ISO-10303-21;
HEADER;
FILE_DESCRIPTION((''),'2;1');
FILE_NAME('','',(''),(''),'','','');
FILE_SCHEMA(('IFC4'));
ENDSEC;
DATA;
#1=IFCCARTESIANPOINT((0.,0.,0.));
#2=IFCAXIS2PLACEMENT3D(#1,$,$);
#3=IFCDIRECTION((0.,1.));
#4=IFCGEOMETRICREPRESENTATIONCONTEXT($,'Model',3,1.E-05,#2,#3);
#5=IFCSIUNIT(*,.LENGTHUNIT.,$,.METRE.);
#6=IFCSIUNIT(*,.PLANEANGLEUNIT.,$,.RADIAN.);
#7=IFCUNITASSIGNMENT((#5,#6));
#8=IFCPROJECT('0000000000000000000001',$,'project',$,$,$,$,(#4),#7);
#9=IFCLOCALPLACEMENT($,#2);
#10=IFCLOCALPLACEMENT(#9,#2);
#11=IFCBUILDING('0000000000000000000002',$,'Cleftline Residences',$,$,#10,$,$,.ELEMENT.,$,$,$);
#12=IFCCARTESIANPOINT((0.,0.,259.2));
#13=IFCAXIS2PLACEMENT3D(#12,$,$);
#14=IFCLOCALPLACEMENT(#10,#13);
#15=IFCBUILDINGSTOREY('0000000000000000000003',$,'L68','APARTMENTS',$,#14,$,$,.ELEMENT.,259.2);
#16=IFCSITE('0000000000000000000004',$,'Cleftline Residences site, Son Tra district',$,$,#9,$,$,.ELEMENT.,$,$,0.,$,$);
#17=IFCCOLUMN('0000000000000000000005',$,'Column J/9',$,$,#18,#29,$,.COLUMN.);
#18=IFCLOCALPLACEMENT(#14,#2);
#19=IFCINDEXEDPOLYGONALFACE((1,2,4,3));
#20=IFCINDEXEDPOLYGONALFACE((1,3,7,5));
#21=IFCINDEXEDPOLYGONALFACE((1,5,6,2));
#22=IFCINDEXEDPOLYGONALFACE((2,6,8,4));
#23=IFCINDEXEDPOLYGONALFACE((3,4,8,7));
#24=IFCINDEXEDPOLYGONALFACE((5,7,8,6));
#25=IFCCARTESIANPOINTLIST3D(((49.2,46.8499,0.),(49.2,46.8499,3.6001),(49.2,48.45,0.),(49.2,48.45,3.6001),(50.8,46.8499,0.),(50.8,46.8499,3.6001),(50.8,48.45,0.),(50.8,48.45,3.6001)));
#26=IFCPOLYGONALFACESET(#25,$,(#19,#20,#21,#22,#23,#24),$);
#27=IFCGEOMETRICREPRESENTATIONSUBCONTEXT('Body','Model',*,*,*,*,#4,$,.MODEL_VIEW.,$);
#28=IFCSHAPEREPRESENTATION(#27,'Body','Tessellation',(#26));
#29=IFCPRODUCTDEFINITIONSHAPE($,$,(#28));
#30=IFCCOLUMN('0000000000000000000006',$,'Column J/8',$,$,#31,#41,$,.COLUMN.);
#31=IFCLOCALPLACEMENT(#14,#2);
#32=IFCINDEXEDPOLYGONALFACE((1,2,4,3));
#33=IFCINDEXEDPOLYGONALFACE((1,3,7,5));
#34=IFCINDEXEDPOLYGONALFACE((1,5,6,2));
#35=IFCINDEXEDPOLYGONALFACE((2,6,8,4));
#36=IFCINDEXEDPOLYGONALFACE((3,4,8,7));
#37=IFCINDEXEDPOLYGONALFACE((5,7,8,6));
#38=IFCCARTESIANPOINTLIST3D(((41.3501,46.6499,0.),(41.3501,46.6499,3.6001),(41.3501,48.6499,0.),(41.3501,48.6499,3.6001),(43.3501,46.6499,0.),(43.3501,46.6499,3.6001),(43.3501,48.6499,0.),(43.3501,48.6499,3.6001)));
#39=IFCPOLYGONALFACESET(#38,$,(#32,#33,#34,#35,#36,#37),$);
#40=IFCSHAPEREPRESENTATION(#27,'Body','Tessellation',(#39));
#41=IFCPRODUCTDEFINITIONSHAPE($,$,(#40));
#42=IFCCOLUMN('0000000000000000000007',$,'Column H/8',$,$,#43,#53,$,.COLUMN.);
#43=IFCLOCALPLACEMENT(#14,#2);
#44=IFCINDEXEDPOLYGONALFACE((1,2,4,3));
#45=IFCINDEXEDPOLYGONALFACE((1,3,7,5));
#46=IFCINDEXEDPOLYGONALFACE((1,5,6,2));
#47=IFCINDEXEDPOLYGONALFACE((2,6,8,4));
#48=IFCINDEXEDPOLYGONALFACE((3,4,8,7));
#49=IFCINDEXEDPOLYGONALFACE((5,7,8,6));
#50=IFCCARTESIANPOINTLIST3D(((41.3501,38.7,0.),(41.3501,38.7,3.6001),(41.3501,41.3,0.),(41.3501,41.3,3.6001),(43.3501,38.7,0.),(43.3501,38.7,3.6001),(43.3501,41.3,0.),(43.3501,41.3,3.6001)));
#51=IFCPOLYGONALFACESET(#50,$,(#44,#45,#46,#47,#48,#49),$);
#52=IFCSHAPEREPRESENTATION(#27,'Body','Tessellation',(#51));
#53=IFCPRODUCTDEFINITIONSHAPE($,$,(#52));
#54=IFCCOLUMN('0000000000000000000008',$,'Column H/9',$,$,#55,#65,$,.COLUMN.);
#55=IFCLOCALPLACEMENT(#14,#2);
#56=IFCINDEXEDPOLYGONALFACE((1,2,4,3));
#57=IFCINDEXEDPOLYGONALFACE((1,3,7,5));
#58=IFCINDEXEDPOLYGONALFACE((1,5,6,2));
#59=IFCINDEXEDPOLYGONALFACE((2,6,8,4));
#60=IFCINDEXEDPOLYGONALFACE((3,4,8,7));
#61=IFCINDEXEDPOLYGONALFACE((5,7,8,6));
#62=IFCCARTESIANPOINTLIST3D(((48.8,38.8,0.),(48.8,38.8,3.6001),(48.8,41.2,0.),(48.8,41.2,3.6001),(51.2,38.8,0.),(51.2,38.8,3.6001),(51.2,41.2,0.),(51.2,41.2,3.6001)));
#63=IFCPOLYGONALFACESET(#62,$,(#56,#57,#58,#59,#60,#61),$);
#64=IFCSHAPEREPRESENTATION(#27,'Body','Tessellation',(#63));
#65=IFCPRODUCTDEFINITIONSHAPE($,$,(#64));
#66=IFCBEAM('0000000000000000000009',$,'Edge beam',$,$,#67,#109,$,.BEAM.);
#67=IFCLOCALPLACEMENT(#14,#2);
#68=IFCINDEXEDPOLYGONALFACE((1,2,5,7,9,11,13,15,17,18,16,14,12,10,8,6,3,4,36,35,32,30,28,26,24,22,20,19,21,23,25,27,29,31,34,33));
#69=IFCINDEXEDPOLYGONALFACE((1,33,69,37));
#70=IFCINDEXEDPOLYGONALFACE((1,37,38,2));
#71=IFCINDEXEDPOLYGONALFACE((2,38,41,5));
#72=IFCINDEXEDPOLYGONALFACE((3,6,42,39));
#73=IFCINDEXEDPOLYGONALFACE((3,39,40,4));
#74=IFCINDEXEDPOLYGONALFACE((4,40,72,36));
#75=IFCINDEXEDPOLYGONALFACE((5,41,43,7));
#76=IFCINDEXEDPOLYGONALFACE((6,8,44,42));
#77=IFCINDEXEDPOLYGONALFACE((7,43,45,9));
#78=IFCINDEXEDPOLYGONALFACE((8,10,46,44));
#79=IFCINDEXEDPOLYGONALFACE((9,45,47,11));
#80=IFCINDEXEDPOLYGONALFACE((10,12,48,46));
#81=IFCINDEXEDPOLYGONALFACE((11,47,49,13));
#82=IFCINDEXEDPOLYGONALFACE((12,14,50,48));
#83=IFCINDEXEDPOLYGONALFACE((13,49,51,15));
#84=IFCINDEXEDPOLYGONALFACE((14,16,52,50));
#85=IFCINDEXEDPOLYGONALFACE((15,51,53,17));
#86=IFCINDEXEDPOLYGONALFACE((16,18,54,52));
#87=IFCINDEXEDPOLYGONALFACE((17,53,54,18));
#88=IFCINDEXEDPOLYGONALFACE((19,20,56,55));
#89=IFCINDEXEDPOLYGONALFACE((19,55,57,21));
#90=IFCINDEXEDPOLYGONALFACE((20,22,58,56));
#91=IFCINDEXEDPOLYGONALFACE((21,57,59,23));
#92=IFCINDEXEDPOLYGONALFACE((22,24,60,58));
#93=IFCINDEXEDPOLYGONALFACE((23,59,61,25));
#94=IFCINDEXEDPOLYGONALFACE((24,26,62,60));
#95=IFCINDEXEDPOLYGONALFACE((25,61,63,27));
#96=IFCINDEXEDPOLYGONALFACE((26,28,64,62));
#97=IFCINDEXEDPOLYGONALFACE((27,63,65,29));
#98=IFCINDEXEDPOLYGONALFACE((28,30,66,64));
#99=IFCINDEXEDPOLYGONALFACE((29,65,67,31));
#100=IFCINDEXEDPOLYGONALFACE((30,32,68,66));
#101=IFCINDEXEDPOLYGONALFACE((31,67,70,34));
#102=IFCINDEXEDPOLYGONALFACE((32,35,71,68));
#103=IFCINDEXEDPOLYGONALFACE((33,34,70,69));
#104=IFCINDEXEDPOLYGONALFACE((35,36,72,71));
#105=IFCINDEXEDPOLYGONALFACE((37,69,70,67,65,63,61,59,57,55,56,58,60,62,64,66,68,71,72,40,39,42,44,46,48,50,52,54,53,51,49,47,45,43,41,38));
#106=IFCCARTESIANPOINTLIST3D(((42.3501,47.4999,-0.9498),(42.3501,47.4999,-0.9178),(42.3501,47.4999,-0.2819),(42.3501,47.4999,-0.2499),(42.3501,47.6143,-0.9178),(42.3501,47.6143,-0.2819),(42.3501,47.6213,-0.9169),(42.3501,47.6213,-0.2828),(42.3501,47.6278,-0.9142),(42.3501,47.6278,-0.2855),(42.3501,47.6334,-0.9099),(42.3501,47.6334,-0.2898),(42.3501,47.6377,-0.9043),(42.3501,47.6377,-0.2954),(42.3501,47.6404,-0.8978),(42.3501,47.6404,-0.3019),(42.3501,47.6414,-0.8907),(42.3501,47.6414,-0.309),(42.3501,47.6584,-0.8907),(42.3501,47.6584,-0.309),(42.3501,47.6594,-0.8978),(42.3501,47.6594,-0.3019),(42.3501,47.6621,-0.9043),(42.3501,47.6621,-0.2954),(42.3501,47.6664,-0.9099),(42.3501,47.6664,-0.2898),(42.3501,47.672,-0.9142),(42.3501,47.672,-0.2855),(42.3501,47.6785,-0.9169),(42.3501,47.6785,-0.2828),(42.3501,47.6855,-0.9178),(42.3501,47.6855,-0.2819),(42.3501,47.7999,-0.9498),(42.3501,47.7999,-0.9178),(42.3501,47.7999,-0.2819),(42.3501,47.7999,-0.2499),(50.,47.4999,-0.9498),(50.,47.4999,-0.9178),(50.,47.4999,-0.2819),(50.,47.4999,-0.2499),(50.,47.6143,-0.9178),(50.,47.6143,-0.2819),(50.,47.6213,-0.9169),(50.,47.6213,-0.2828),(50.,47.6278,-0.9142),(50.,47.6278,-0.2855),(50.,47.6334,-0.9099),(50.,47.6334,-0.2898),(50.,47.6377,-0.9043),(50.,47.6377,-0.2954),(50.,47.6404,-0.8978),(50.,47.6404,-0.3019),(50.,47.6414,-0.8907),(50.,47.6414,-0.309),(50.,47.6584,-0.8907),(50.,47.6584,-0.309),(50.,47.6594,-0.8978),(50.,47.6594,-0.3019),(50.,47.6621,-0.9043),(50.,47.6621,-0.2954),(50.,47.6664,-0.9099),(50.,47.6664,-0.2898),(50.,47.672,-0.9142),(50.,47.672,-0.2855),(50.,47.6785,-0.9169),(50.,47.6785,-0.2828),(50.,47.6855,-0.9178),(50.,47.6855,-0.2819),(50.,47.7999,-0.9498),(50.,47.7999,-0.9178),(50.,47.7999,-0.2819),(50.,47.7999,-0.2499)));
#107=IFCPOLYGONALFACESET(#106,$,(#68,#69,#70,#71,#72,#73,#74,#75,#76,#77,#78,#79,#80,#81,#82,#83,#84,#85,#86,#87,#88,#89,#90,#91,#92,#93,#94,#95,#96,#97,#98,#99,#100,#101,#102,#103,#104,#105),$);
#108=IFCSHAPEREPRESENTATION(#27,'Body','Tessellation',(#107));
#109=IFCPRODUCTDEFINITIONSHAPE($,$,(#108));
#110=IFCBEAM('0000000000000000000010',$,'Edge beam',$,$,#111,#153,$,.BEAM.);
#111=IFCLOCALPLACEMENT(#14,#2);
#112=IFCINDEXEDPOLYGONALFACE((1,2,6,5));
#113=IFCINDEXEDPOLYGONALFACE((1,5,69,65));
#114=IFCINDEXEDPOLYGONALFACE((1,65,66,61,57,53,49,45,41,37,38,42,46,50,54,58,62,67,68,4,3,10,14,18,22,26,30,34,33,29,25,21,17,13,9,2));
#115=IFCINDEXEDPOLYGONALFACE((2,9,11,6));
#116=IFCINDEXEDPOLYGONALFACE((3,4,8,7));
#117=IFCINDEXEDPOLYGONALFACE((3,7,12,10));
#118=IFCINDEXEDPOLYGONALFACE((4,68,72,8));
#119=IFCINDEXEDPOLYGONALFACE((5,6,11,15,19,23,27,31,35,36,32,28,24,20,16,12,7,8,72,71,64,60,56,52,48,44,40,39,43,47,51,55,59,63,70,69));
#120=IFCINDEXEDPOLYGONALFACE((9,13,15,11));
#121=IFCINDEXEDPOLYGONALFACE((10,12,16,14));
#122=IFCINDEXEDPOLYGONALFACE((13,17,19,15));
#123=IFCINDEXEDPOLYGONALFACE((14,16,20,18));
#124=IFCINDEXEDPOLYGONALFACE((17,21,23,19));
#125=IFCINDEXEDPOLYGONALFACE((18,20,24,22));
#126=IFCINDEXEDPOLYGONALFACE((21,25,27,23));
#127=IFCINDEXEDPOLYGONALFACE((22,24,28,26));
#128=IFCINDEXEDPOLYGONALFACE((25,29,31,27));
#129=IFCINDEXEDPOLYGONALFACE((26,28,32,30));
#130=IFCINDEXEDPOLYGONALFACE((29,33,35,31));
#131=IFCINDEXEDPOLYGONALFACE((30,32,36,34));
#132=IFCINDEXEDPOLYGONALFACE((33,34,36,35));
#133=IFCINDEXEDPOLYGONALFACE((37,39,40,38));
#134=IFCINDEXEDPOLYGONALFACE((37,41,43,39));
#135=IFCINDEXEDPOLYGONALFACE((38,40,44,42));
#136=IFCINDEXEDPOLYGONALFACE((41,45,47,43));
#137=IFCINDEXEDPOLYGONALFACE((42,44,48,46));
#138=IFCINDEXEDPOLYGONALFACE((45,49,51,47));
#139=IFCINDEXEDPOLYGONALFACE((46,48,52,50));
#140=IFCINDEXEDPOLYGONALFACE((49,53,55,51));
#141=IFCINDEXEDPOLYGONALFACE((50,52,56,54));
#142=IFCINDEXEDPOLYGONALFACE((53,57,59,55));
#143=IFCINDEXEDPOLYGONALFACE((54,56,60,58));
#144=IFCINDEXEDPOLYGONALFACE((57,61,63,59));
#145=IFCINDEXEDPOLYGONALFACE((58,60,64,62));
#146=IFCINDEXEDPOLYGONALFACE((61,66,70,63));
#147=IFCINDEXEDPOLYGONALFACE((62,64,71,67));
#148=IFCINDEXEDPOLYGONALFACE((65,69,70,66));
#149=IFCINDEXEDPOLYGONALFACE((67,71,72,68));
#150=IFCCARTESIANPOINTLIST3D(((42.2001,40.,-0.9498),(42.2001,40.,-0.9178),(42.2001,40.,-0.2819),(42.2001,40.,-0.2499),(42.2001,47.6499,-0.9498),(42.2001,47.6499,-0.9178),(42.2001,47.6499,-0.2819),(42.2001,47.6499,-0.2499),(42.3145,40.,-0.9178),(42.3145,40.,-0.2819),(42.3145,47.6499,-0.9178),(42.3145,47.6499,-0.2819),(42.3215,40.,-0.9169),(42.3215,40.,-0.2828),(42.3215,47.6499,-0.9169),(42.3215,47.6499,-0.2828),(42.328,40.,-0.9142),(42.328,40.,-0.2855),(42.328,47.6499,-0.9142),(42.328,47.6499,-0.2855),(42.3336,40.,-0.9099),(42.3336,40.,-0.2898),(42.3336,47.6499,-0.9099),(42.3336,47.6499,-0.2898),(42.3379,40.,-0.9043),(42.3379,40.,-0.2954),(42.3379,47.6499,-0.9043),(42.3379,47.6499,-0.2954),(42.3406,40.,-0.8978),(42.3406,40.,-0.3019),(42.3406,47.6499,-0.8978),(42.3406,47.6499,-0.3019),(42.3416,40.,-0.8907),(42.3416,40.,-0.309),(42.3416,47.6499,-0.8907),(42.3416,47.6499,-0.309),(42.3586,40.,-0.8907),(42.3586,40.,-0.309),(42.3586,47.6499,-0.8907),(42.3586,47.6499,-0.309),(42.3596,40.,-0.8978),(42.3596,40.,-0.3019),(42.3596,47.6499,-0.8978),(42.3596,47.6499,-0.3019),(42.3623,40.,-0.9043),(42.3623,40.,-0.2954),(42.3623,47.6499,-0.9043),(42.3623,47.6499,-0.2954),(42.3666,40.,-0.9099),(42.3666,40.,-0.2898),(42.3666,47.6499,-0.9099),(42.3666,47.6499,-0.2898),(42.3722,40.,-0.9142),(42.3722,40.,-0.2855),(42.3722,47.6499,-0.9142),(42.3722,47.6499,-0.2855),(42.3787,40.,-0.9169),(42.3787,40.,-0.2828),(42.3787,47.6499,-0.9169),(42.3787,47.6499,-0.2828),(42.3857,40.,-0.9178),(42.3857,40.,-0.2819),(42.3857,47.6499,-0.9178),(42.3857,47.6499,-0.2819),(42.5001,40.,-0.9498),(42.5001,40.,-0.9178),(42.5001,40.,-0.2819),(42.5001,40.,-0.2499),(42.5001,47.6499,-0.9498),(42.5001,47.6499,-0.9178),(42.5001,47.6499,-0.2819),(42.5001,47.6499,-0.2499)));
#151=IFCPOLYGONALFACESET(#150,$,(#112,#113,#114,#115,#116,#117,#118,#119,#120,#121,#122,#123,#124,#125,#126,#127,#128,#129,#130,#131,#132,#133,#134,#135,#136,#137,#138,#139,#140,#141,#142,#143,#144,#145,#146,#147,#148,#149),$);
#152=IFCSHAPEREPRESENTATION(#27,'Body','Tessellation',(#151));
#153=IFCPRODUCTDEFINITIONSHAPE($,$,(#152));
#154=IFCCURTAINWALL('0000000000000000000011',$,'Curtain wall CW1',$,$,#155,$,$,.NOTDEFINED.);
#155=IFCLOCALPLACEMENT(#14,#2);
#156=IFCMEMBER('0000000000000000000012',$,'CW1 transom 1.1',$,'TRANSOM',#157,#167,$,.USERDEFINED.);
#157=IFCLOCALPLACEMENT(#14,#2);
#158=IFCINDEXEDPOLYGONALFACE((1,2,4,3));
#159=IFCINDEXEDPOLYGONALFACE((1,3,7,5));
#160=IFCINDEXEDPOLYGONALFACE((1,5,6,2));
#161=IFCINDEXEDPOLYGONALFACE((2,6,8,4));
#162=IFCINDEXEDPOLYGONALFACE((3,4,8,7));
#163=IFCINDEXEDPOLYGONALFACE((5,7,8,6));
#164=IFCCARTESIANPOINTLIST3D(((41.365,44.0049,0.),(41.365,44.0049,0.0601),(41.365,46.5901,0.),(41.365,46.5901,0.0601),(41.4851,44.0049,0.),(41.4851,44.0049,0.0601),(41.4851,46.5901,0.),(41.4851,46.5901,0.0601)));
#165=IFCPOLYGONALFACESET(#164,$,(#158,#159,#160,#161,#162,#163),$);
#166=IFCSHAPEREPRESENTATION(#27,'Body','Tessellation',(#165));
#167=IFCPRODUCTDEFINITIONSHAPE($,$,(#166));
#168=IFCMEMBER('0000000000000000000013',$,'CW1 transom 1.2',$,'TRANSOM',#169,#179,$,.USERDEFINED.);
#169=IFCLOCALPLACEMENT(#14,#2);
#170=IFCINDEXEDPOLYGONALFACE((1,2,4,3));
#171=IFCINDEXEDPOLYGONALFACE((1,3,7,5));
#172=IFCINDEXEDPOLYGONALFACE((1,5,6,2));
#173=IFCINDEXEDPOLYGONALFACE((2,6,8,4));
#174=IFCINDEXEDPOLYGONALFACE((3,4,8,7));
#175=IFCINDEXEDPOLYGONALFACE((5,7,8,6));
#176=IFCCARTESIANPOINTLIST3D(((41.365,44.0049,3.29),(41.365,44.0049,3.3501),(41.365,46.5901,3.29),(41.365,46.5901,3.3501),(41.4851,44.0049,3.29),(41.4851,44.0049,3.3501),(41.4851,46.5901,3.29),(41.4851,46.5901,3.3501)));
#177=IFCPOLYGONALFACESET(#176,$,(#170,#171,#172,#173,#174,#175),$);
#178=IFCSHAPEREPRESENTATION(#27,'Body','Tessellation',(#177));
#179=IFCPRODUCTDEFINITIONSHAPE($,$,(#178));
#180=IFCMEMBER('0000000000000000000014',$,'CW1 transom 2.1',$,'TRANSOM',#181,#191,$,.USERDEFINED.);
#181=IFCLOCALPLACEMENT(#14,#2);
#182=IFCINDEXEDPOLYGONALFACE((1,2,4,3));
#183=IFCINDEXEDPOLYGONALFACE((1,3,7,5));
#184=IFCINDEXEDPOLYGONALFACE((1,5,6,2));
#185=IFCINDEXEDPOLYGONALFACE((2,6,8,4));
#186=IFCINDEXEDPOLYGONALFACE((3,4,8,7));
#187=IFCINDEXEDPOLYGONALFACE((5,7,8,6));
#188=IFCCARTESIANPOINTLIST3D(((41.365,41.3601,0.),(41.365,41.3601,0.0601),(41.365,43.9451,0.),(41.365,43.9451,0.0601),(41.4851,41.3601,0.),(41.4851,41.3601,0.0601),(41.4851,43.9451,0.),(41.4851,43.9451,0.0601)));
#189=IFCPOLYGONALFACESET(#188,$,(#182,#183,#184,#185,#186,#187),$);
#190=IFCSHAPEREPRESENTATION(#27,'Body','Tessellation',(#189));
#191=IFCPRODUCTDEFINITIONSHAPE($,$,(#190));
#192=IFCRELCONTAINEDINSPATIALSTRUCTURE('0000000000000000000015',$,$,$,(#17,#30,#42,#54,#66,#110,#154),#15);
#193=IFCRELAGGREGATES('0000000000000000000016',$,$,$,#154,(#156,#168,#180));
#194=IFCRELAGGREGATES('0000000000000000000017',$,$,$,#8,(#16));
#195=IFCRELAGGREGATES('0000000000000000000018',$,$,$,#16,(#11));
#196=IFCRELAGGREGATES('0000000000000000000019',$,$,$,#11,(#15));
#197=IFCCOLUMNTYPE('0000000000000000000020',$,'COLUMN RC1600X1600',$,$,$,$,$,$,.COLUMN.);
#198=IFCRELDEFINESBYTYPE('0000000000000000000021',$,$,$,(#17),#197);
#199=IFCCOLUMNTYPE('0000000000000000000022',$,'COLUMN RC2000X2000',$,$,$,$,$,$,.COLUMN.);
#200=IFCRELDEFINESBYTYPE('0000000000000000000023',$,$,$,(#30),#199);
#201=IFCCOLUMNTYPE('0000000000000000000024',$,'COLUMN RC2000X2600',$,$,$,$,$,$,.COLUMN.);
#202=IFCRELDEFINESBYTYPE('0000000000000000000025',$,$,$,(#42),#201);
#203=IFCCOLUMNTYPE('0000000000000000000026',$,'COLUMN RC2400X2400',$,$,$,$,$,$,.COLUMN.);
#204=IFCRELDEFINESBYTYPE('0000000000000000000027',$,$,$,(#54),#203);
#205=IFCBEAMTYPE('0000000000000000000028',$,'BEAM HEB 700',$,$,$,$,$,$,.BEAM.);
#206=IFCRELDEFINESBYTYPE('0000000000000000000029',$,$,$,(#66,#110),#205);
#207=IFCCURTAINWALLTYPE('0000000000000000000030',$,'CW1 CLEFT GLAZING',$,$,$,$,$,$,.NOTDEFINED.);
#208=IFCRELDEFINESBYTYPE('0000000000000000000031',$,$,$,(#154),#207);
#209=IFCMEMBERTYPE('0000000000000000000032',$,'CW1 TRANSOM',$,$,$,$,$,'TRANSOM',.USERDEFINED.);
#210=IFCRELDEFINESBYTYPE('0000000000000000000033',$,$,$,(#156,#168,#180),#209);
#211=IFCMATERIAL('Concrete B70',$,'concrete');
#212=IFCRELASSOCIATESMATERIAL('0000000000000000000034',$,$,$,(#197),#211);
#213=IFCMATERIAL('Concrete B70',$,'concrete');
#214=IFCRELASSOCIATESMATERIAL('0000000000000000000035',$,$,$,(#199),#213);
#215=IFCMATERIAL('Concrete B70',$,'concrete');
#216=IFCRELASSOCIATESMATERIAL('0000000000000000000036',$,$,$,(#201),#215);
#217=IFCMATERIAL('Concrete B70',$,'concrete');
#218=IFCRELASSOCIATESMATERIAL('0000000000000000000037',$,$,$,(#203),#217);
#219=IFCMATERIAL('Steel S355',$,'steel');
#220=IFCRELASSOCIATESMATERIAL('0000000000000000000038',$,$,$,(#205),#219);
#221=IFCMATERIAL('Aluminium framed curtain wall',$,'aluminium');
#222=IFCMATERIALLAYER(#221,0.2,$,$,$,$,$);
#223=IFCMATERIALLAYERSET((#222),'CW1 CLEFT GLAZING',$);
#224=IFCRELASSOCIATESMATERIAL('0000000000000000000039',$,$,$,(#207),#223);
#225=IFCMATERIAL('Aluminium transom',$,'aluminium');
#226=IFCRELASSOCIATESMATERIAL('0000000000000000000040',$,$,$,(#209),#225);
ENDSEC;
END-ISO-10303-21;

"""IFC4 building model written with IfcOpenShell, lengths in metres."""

from ifc_helpers import new_model, si_unit, direction, frame, origin, origin_2d, place, context, subcontext, project, spatial, rectangle, i_section, extrude, material, layer, layer_set, material_profile, profile_set, type_object, element, aggregate, save


model = new_model("IFC4")

# Units and contexts
model_context = context("Model", 3, precision=1e-05, world=origin(), true_north=direction((0.0, 1.0)))
body_context = subcontext(model_context, "Body", "Model", "MODEL_VIEW")
ifc_project = project(units=[si_unit("LENGTHUNIT", "METRE"), si_unit("PLANEANGLEUNIT", "RADIAN")], contexts=[model_context])

# Site, building, storey
site_placement = place(None, origin())
site = spatial("IfcSite", under=ifc_project, at=site_placement, Name="Cleftline Residences site, Son Tra district", CompositionType="ELEMENT", RefElevation=0.0)
building_placement = place(site_placement, origin())
building = spatial("IfcBuilding", under=site, at=building_placement, Name="Cleftline Residences", CompositionType="ELEMENT")
storey_placement = place(building_placement, frame((0.0, 0.0, 259.2)))
storey = spatial("IfcBuildingStorey", under=building, at=storey_placement, Name="L68", Description="APARTMENTS", CompositionType="ELEMENT", Elevation=259.2)

# Columns
ifc_material_1 = material(Name="Concrete B70", Category="concrete")
ifc_material_profile_1 = material_profile(ifc_material_1, rectangle(XDim=1.6001, YDim=1.6001, at=origin_2d()))
ifc_profile_set_1 = profile_set([ifc_material_profile_1], Name="Concrete B70")
column_type_1 = type_object("IfcColumnType", Name="COLUMN RC1600X1600", PredefinedType="COLUMN", material=ifc_profile_set_1)
column_1_placement = place(storey_placement, frame((50.0, 47.6499, 0.0), z_axis=(0.0, 0.0, 1.0), x_axis=(1.0, 0.0, 0.0)))
element("IfcColumn", 1, at=column_1_placement, inside=storey, type_object=column_type_1, Name="Column J/9", PredefinedType="COLUMN", context=body_context, shape_type="SweptSolid", body=[
    extrude(rectangle(XDim=1.6001, YDim=1.6001, at=origin_2d()), origin(), (0.0, 0.0, 1.0), 3.6001),
])
ifc_material_2 = material(Name="Concrete B70", Category="concrete")
ifc_material_profile_2 = material_profile(ifc_material_2, rectangle(XDim=2.0, YDim=2.0, at=origin_2d()))
ifc_profile_set_2 = profile_set([ifc_material_profile_2], Name="Concrete B70")
column_type_2 = type_object("IfcColumnType", Name="COLUMN RC2000X2000", PredefinedType="COLUMN", material=ifc_profile_set_2)
column_2_placement = place(storey_placement, frame((42.3501, 47.6499, 0.0), z_axis=(0.0, 0.0, 1.0), x_axis=(1.0, 0.0, 0.0)))
element("IfcColumn", 2, at=column_2_placement, inside=storey, type_object=column_type_2, Name="Column J/8", PredefinedType="COLUMN", context=body_context, shape_type="SweptSolid", body=[
    extrude(rectangle(XDim=2.0, YDim=2.0, at=origin_2d()), origin(), (0.0, 0.0, 1.0), 3.6001),
])
ifc_material_3 = material(Name="Concrete B70", Category="concrete")
ifc_material_profile_3 = material_profile(ifc_material_3, rectangle(XDim=2.0, YDim=2.6001, at=origin_2d()))
ifc_profile_set_3 = profile_set([ifc_material_profile_3], Name="Concrete B70")
column_type_3 = type_object("IfcColumnType", Name="COLUMN RC2000X2600", PredefinedType="COLUMN", material=ifc_profile_set_3)
column_3_placement = place(storey_placement, frame((42.3501, 40.0, 0.0), z_axis=(0.0, 0.0, 1.0), x_axis=(1.0, 0.0, 0.0)))
element("IfcColumn", 3, at=column_3_placement, inside=storey, type_object=column_type_3, Name="Column H/8", PredefinedType="COLUMN", context=body_context, shape_type="SweptSolid", body=[
    extrude(rectangle(XDim=2.0, YDim=2.6001, at=origin_2d()), origin(), (0.0, 0.0, 1.0), 3.6001),
])
ifc_material_4 = material(Name="Concrete B70", Category="concrete")
ifc_material_profile_4 = material_profile(ifc_material_4, rectangle(XDim=2.3999, YDim=2.3999, at=origin_2d()))
ifc_profile_set_4 = profile_set([ifc_material_profile_4], Name="Concrete B70")
column_type_4 = type_object("IfcColumnType", Name="COLUMN RC2400X2400", PredefinedType="COLUMN", material=ifc_profile_set_4)
column_4_placement = place(storey_placement, frame((50.0, 40.0, 0.0), z_axis=(0.0, 0.0, 1.0), x_axis=(1.0, 0.0, 0.0)))
element("IfcColumn", 4, at=column_4_placement, inside=storey, type_object=column_type_4, Name="Column H/9", PredefinedType="COLUMN", context=body_context, shape_type="SweptSolid", body=[
    extrude(rectangle(XDim=2.3999, YDim=2.3999, at=origin_2d()), origin(), (0.0, 0.0, 1.0), 3.6001),
])

# Beams
ifc_material_5 = material(Name="Steel S355", Category="steel")
ifc_material_profile_5 = material_profile(ifc_material_5, i_section(OverallWidth=0.3, OverallDepth=0.7, WebThickness=0.0171, FlangeThickness=0.032, FilletRadius=0.0271, at=origin_2d()))
ifc_profile_set_5 = profile_set([ifc_material_profile_5], Name="Steel S355")
beam_type = type_object("IfcBeamType", Name="BEAM HEB 700", PredefinedType="BEAM", material=ifc_profile_set_5)
for number, where, z_axis, x_axis, name in (
    (5, (50.0, 47.6499, -0.5999), (-1.0, 0.0, 0.0), (0.0, -1.0, 0.0), "Edge beam"),
    (6, (42.3501, 47.6499, -0.5999), (0.0, -1.0, 0.0), (1.0, 0.0, 0.0), "Edge beam"),
):
    element("IfcBeam", number, at=place(storey_placement, frame(where, z_axis=z_axis, x_axis=x_axis)), inside=storey, type_object=beam_type, Name=name, PredefinedType="BEAM", context=body_context, shape_type="SweptSolid", body=[
        extrude(i_section(OverallWidth=0.3, OverallDepth=0.7, WebThickness=0.0171, FlangeThickness=0.032, FilletRadius=0.0271, at=origin_2d()), origin(), (0.0, 0.0, 1.0), 7.6499),
    ])

# Curtain wall, members
ifc_material_6 = material(Name="Aluminium framed curtain wall", Category="aluminium")
ifc_layer_1 = layer(ifc_material_6, 0.2)
ifc_layer_set_1 = layer_set([ifc_layer_1], Name="CW1 CLEFT GLAZING")
curtain_wall_type = type_object("IfcCurtainWallType", Name="CW1 CLEFT GLAZING", PredefinedType="NOTDEFINED", material=ifc_layer_set_1)
curtain_wall_placement = place(storey_placement, origin())
curtain_wall = element("IfcCurtainWall", 7, at=curtain_wall_placement, inside=storey, type_object=curtain_wall_type, Name="Curtain wall CW1", PredefinedType="NOTDEFINED")
ifc_material_7 = material(Name="Aluminium transom", Category="aluminium")
ifc_material_profile_6 = material_profile(ifc_material_7, rectangle(XDim=0.1201, YDim=0.0601, at=origin_2d()))
ifc_profile_set_6 = profile_set([ifc_material_profile_6], Name="Aluminium transom")
member_type = type_object("IfcMemberType", Name="CW1 TRANSOM", ElementType="TRANSOM", PredefinedType="USERDEFINED", material=ifc_profile_set_6)
member_1_placement = place(storey_placement, frame((41.425, 46.5901, 0.03), z_axis=(0.0, -1.0, 0.0), x_axis=(1.0, 0.0, 0.0)))
member_1 = element("IfcMember", 8, at=member_1_placement, type_object=member_type, Name="CW1 transom 1.1", ObjectType="TRANSOM", PredefinedType="USERDEFINED", context=body_context, shape_type="SweptSolid", body=[
    extrude(rectangle(XDim=0.1201, YDim=0.0601, at=origin_2d()), origin(), (0.0, 0.0, 1.0), 2.5852),
])
member_2_placement = place(storey_placement, frame((41.425, 46.5901, 3.3201), z_axis=(0.0, -1.0, 0.0), x_axis=(1.0, 0.0, 0.0)))
member_2 = element("IfcMember", 9, at=member_2_placement, type_object=member_type, Name="CW1 transom 1.2", ObjectType="TRANSOM", PredefinedType="USERDEFINED", context=body_context, shape_type="SweptSolid", body=[
    extrude(rectangle(XDim=0.1201, YDim=0.0601, at=origin_2d()), origin(), (0.0, 0.0, 1.0), 2.5852),
])
member_3_placement = place(storey_placement, frame((41.425, 43.9451, 0.03), z_axis=(0.0, -1.0, 0.0), x_axis=(1.0, 0.0, 0.0)))
member_3 = element("IfcMember", 10, at=member_3_placement, type_object=member_type, Name="CW1 transom 2.1", ObjectType="TRANSOM", PredefinedType="USERDEFINED", context=body_context, shape_type="SweptSolid", body=[
    extrude(rectangle(XDim=0.1201, YDim=0.0601, at=origin_2d()), origin(), (0.0, 0.0, 1.0), 2.585),
])
aggregate(curtain_wall, [member_1, member_2, member_3])

save(model, "model.ifc")
